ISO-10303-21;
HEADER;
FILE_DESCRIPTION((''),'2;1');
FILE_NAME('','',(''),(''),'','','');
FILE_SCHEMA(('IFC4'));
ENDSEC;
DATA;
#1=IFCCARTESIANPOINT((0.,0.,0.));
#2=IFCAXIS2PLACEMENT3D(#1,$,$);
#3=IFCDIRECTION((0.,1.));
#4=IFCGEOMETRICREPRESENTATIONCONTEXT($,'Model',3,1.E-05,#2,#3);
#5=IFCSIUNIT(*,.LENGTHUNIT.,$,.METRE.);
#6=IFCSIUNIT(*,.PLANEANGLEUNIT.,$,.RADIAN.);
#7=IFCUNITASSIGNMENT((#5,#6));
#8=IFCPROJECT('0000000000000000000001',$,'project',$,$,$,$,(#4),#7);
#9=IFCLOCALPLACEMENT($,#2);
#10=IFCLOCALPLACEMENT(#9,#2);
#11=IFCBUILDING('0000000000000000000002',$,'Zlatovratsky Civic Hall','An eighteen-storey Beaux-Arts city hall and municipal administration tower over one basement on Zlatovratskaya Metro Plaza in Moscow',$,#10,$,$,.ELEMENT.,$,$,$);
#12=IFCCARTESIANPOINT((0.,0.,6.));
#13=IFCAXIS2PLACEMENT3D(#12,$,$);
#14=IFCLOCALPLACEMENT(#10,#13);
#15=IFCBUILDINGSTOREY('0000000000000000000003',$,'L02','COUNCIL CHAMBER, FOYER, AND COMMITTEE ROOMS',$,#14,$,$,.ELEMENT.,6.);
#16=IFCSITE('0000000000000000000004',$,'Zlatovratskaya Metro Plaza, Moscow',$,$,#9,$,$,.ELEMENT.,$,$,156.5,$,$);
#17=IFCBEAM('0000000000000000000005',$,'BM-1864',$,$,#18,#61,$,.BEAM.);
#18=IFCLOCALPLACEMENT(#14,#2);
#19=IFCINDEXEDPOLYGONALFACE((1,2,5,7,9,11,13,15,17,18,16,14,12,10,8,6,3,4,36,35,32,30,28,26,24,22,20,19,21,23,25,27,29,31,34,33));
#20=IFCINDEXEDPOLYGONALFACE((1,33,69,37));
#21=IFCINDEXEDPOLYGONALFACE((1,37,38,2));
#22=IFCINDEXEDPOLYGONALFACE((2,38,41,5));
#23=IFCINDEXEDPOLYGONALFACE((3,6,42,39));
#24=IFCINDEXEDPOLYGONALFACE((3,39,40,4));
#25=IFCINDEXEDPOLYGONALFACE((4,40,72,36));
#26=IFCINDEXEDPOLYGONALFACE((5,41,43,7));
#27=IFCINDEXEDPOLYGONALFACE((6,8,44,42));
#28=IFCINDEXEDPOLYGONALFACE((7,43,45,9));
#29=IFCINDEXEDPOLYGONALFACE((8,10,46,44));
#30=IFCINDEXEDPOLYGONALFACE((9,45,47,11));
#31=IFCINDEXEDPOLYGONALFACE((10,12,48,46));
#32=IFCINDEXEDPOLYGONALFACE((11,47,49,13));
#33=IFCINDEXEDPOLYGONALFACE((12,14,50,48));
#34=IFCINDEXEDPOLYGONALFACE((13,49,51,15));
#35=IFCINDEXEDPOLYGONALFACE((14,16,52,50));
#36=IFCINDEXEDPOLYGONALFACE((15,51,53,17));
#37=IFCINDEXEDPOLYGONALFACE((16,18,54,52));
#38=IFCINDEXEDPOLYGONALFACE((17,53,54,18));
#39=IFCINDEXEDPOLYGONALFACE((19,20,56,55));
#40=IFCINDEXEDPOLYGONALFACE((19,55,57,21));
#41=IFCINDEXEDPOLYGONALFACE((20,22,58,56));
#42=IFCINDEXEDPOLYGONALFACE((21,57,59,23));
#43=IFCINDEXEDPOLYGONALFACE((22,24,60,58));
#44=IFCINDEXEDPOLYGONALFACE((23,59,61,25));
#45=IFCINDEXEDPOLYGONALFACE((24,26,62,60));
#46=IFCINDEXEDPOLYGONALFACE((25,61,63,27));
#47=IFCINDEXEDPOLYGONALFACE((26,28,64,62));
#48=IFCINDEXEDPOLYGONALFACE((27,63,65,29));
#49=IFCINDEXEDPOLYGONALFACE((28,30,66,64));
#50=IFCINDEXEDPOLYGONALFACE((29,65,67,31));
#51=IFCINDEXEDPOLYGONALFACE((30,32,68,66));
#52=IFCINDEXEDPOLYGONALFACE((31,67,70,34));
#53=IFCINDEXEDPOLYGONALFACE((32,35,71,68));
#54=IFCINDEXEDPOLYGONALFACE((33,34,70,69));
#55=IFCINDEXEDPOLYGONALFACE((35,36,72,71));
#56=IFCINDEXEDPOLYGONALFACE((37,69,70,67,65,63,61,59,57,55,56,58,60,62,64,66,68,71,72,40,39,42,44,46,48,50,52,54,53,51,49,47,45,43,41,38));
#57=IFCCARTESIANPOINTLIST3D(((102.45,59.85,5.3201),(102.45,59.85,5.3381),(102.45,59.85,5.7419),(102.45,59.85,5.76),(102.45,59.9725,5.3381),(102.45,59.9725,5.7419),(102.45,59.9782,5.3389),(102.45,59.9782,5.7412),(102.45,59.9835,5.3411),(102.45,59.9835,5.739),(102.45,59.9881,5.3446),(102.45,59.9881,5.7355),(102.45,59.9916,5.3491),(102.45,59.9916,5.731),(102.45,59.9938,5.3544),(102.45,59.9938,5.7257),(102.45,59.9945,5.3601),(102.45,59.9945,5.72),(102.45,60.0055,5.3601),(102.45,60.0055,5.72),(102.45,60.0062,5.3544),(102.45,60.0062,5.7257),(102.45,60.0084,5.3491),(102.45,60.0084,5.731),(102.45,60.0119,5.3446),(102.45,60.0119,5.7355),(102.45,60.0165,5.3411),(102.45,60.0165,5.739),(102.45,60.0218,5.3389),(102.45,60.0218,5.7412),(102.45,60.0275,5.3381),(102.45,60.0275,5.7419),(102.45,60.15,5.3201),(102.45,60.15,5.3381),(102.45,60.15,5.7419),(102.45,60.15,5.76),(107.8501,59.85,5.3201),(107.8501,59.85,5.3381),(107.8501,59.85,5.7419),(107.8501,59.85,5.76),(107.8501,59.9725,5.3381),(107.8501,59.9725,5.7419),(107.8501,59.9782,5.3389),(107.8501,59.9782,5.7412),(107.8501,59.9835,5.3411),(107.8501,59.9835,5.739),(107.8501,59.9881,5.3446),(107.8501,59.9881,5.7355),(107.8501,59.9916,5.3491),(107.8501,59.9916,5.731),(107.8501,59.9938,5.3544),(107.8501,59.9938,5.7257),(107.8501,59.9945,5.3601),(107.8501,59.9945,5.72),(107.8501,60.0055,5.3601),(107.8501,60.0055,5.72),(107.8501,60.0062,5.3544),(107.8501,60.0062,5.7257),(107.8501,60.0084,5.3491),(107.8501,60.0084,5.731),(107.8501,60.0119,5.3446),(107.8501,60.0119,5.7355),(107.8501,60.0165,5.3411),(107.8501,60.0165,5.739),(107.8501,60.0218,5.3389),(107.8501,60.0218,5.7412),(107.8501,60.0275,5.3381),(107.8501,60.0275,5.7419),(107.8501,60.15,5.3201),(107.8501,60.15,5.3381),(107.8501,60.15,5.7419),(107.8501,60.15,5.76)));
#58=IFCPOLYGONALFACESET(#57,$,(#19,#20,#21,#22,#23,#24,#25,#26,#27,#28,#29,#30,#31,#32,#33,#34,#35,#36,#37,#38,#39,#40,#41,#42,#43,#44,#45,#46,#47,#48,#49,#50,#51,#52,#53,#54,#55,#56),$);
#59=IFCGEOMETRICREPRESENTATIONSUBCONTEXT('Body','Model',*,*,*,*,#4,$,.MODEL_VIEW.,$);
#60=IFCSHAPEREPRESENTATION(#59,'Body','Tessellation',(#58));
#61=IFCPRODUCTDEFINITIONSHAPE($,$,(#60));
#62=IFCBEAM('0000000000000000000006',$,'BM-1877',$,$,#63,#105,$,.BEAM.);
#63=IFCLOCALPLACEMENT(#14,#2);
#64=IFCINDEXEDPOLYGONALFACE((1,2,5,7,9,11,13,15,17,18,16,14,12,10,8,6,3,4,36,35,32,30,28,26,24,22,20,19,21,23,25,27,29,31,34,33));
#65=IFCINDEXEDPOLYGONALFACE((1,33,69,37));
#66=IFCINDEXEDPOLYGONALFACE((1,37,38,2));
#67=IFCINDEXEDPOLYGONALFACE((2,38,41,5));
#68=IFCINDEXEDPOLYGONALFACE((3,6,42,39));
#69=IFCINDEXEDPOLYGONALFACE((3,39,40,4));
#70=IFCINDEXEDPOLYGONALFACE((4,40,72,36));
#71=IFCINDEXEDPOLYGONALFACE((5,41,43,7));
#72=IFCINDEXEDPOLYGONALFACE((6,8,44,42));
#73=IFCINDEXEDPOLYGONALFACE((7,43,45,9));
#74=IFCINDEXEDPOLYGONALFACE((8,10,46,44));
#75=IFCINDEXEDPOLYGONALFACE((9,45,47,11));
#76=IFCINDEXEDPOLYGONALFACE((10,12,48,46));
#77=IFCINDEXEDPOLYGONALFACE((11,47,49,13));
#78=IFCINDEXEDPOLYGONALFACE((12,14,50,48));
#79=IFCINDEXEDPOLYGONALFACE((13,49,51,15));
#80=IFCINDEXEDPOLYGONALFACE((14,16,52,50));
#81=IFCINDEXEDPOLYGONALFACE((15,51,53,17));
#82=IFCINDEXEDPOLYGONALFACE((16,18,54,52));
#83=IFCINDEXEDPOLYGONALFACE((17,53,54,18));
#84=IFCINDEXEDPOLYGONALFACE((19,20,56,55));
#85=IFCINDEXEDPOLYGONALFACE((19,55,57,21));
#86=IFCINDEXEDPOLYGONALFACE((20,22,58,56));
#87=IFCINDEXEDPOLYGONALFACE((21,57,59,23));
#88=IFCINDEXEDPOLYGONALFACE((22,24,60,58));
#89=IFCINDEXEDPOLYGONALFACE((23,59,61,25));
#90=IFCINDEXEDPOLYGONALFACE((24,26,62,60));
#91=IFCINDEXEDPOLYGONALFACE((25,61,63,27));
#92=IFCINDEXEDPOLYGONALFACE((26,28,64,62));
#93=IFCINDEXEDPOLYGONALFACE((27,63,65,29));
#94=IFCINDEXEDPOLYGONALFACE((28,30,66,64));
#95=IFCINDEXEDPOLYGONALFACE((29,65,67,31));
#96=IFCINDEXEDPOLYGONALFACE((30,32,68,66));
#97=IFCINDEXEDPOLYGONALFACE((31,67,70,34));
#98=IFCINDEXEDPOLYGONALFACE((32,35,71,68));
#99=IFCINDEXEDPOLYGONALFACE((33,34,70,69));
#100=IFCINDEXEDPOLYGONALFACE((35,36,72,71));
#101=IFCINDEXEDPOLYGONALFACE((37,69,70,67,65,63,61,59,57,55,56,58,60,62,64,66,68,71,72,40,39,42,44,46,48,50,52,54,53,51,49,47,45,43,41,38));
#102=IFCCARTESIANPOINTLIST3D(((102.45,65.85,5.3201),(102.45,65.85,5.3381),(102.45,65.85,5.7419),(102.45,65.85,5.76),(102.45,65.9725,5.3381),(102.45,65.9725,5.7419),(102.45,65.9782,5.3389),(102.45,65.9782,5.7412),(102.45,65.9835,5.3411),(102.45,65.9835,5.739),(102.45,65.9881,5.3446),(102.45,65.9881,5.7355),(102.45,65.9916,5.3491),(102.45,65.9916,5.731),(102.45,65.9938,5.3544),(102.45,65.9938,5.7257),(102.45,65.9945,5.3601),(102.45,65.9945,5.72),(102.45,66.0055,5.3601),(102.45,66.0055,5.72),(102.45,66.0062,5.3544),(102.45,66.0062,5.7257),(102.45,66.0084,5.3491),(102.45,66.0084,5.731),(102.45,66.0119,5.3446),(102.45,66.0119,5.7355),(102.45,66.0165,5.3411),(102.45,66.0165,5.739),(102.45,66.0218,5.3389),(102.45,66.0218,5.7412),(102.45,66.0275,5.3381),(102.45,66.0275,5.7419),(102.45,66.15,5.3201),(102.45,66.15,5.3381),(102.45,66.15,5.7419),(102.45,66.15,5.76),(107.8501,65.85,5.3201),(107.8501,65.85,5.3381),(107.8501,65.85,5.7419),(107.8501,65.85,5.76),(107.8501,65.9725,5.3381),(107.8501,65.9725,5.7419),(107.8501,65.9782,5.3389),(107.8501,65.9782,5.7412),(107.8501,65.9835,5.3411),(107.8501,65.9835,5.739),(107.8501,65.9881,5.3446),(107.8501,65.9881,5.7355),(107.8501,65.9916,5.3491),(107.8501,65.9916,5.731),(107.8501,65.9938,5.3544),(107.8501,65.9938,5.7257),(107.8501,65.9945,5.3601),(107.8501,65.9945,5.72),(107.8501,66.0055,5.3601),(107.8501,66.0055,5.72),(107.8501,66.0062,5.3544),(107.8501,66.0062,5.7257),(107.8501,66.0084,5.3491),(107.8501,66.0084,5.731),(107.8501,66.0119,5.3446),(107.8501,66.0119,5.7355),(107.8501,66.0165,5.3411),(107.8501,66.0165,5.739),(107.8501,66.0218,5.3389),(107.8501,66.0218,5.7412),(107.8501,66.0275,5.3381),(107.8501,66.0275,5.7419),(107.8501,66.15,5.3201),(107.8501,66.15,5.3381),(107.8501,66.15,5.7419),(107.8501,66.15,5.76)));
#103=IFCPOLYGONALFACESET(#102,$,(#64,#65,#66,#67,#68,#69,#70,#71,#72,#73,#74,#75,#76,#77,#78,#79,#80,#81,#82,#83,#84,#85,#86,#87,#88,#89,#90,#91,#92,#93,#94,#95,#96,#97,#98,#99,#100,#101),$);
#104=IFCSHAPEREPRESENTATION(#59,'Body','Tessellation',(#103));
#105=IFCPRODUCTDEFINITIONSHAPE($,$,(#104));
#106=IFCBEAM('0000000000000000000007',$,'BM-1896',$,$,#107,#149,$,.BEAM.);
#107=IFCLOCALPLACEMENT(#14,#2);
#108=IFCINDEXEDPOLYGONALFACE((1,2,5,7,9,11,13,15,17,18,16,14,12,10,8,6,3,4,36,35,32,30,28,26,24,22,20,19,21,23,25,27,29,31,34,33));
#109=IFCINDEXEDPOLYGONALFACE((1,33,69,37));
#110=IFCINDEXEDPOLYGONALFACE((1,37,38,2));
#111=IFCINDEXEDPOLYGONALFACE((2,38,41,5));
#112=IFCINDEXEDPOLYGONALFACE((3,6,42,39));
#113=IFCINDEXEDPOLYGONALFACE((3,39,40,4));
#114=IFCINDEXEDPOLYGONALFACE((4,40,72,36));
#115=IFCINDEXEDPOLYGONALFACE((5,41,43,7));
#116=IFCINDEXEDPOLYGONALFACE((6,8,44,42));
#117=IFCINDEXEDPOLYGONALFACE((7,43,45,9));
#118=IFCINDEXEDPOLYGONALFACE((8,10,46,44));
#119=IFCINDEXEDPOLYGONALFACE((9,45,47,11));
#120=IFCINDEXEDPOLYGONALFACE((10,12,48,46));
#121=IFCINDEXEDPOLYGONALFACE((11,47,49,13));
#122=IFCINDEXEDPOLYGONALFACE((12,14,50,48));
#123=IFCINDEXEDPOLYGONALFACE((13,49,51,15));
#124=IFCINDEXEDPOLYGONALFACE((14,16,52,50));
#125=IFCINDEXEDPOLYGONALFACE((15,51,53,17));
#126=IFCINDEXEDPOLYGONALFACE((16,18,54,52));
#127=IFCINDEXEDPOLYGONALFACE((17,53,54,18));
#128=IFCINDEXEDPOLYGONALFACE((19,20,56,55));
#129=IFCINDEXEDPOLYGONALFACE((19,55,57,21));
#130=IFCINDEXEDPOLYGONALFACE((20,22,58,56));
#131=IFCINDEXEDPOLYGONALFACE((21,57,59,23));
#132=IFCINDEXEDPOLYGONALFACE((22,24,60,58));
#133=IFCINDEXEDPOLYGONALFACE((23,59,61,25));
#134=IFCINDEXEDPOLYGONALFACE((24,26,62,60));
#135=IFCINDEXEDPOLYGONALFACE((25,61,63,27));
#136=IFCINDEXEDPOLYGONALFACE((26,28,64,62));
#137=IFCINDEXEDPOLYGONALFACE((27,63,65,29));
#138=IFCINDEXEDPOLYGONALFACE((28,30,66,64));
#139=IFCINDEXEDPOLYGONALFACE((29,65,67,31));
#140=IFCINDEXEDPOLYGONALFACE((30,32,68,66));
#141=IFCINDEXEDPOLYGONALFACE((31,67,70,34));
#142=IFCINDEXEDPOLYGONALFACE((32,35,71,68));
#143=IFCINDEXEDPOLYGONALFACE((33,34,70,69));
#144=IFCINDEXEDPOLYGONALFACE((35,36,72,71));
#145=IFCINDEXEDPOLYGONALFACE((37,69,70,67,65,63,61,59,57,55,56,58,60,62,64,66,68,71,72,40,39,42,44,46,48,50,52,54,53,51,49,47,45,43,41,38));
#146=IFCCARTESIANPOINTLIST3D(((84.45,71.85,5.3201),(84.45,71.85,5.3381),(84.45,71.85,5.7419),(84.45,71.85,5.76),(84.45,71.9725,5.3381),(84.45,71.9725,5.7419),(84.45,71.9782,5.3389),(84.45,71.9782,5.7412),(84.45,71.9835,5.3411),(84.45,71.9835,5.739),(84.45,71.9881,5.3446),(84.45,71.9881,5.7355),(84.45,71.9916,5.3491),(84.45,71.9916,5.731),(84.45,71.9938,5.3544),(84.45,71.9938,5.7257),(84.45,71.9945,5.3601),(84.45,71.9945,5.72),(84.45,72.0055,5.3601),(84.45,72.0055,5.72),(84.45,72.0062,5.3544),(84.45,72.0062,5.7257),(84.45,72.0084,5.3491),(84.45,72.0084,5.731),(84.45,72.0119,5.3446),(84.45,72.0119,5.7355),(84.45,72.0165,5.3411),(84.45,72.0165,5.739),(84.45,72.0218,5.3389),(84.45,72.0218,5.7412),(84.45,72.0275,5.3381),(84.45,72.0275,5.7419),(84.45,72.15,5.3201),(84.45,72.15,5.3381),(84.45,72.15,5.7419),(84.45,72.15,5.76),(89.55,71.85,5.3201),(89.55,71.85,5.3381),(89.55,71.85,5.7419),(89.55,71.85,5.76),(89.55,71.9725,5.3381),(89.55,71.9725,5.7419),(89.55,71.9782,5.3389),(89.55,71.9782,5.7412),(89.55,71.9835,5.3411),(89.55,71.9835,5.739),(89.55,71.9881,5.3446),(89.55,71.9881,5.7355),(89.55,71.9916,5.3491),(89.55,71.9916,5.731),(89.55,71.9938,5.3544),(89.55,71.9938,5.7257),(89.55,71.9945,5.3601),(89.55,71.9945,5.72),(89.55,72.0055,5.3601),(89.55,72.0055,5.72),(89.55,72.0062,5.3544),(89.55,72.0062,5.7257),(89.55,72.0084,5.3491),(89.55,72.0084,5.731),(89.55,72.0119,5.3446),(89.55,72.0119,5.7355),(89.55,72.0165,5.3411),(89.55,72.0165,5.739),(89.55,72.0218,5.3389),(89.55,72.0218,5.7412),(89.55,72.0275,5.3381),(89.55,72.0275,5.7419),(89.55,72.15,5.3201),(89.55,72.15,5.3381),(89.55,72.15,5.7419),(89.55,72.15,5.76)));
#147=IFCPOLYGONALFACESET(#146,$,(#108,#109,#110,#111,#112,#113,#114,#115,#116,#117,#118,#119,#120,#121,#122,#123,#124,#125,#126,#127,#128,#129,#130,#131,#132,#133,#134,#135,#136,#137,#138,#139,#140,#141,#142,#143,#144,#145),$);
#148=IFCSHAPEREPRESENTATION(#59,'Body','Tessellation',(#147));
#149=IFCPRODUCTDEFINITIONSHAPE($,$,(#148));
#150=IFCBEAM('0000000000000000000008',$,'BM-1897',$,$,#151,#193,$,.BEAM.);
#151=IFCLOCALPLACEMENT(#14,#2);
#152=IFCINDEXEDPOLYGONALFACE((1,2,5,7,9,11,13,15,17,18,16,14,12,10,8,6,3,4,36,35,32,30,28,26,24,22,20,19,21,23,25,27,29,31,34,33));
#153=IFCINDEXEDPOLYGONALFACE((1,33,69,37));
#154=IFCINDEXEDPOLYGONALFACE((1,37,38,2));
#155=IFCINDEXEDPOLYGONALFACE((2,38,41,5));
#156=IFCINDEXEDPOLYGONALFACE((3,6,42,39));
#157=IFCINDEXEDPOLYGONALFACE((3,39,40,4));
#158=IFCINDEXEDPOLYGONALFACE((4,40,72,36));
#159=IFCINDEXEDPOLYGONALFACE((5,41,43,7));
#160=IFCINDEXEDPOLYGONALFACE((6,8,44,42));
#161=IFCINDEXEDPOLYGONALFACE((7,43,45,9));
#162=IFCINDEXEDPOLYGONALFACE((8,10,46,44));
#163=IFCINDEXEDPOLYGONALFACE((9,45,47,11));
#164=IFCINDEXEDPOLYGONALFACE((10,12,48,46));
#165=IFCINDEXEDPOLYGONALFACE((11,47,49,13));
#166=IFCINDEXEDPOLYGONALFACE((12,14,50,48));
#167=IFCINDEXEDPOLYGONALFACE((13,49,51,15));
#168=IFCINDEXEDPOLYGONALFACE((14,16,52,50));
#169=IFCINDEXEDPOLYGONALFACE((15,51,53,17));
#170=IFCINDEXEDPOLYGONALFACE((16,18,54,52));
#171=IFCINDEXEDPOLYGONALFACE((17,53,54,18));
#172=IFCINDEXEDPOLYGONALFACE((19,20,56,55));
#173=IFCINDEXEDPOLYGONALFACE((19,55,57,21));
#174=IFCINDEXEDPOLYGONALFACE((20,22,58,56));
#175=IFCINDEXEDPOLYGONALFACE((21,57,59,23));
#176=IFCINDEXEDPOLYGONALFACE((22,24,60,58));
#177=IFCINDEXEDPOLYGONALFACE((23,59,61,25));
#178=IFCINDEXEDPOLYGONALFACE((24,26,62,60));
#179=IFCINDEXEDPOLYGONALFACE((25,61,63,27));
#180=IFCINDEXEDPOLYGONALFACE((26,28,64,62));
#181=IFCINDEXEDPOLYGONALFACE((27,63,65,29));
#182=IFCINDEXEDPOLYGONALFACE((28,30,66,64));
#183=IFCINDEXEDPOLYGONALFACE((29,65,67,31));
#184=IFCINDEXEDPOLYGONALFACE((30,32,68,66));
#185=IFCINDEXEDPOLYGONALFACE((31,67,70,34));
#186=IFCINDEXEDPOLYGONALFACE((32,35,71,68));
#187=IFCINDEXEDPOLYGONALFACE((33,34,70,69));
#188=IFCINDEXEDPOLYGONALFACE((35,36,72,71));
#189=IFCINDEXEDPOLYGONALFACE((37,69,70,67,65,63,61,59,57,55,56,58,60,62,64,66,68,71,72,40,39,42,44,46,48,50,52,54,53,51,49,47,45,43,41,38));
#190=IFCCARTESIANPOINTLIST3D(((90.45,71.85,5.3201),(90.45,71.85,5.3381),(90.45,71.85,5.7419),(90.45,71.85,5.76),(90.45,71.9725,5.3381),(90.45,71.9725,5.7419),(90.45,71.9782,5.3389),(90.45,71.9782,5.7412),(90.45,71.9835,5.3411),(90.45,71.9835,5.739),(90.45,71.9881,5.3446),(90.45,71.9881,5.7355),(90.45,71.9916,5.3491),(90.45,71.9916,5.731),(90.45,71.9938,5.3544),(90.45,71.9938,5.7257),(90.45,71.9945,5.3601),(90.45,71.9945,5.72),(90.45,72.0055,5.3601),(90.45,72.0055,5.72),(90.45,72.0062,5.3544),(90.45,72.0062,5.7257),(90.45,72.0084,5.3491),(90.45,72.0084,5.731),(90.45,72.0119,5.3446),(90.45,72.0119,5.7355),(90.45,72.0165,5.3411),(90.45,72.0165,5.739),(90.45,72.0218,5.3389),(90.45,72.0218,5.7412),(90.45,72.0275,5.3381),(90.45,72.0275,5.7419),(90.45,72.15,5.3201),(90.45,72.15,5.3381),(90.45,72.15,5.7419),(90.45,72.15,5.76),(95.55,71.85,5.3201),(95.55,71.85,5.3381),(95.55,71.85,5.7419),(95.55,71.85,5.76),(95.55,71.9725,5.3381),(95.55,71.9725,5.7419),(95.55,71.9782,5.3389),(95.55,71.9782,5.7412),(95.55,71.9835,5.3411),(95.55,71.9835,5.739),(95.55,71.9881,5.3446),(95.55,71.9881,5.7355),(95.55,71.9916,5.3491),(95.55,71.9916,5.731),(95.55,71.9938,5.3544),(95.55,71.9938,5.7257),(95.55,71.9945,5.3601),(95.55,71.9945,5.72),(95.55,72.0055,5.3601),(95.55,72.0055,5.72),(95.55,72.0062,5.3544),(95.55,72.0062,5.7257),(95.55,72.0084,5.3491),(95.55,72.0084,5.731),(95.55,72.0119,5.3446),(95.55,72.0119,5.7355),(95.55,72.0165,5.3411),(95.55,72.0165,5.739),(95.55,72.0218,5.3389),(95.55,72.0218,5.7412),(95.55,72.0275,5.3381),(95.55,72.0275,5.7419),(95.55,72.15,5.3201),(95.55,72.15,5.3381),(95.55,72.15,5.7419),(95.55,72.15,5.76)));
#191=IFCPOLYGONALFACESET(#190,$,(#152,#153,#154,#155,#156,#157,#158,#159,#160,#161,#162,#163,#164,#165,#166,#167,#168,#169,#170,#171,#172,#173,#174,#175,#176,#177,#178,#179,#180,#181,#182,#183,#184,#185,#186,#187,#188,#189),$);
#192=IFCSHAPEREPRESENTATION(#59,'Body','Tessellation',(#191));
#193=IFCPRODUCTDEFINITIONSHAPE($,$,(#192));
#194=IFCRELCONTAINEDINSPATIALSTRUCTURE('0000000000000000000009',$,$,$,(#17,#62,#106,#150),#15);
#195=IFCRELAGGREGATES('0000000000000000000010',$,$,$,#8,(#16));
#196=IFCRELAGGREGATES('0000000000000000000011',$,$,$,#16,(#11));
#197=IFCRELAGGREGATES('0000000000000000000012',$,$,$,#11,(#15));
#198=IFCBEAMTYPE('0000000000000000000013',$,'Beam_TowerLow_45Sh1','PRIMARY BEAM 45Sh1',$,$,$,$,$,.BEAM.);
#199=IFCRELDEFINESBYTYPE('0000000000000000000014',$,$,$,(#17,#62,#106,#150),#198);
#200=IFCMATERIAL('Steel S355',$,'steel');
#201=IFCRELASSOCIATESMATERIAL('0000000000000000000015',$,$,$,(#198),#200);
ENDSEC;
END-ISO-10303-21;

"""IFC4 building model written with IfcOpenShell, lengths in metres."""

from ifc_helpers import new_model, si_unit, direction, frame, origin, origin_2d, place, context, subcontext, project, spatial, i_section, extrude, material, material_profile, profile_set, type_object, element, save


model = new_model("IFC4")

# Units and contexts
model_context = context("Model", 3, precision=1e-05, world=origin(), true_north=direction((0.0, 1.0)))
body_context = subcontext(model_context, "Body", "Model", "MODEL_VIEW")
ifc_project = project(units=[si_unit("LENGTHUNIT", "METRE"), si_unit("PLANEANGLEUNIT", "RADIAN")], contexts=[model_context])

# Site, building, storey
site_placement = place(None, origin())
site = spatial("IfcSite", under=ifc_project, at=site_placement, Name="Zlatovratskaya Metro Plaza, Moscow", CompositionType="ELEMENT", RefElevation=156.5)
building_placement = place(site_placement, origin())
building = spatial("IfcBuilding", under=site, at=building_placement, Name="Zlatovratsky Civic Hall", Description="An eighteen-storey Beaux-Arts city hall and municipal administration tower over one basement on Zlatovratskaya Metro Plaza in Moscow", CompositionType="ELEMENT")
storey_placement = place(building_placement, frame((0.0, 0.0, 6.0)))
storey = spatial("IfcBuildingStorey", under=building, at=storey_placement, Name="L02", Description="COUNCIL CHAMBER, FOYER, AND COMMITTEE ROOMS", CompositionType="ELEMENT", Elevation=6.0)

# Shared definitions
ifc_material_1 = material(Name="Steel S355", Category="steel")

# Beams
ifc_material_profile_1 = material_profile(ifc_material_1, i_section(OverallWidth=0.3, OverallDepth=0.4399, WebThickness=0.011, FlangeThickness=0.0181, FilletRadius=0.022, at=origin_2d()), Name="45Sh1")
ifc_profile_set_1 = profile_set([ifc_material_profile_1], Name="Steel S355")
beam_type = type_object("IfcBeamType", Name="Beam_TowerLow_45Sh1", Description="PRIMARY BEAM 45Sh1", PredefinedType="BEAM", material=ifc_profile_set_1)
for number, where, z_axis, x_axis, name in (
    (1, (102.45, 60.0, 5.54), (1.0, 0.0, 0.0), (0.0, 1.0, 0.0), "BM-1864"),
    (2, (102.45, 66.0, 5.54), (1.0, 0.0, 0.0), (0.0, 1.0, 0.0), "BM-1877"),
):
    element("IfcBeam", number, at=place(storey_placement, frame(where, z_axis=z_axis, x_axis=x_axis)), inside=storey, type_object=beam_type, Name=name, PredefinedType="BEAM", context=body_context, shape_type="SweptSolid", body=[
        extrude(i_section(OverallWidth=0.3, OverallDepth=0.4399, WebThickness=0.011, FlangeThickness=0.0181, FilletRadius=0.022, at=origin_2d()), origin(), (0.0, 0.0, 1.0), 5.4001),
    ])
for number, where, z_axis, x_axis, name in (
    (3, (84.45, 72.0, 5.54), (1.0, 0.0, 0.0), (0.0, 1.0, 0.0), "BM-1896"),
    (4, (90.45, 72.0, 5.54), (1.0, 0.0, 0.0), (0.0, 1.0, 0.0), "BM-1897"),
):
    element("IfcBeam", number, at=place(storey_placement, frame(where, z_axis=z_axis, x_axis=x_axis)), inside=storey, type_object=beam_type, Name=name, PredefinedType="BEAM", context=body_context, shape_type="SweptSolid", body=[
        extrude(i_section(OverallWidth=0.3, OverallDepth=0.4399, WebThickness=0.011, FlangeThickness=0.0181, FilletRadius=0.022, at=origin_2d()), origin(), (0.0, 0.0, 1.0), 5.1001),
    ])

save(model, "model.ifc")
